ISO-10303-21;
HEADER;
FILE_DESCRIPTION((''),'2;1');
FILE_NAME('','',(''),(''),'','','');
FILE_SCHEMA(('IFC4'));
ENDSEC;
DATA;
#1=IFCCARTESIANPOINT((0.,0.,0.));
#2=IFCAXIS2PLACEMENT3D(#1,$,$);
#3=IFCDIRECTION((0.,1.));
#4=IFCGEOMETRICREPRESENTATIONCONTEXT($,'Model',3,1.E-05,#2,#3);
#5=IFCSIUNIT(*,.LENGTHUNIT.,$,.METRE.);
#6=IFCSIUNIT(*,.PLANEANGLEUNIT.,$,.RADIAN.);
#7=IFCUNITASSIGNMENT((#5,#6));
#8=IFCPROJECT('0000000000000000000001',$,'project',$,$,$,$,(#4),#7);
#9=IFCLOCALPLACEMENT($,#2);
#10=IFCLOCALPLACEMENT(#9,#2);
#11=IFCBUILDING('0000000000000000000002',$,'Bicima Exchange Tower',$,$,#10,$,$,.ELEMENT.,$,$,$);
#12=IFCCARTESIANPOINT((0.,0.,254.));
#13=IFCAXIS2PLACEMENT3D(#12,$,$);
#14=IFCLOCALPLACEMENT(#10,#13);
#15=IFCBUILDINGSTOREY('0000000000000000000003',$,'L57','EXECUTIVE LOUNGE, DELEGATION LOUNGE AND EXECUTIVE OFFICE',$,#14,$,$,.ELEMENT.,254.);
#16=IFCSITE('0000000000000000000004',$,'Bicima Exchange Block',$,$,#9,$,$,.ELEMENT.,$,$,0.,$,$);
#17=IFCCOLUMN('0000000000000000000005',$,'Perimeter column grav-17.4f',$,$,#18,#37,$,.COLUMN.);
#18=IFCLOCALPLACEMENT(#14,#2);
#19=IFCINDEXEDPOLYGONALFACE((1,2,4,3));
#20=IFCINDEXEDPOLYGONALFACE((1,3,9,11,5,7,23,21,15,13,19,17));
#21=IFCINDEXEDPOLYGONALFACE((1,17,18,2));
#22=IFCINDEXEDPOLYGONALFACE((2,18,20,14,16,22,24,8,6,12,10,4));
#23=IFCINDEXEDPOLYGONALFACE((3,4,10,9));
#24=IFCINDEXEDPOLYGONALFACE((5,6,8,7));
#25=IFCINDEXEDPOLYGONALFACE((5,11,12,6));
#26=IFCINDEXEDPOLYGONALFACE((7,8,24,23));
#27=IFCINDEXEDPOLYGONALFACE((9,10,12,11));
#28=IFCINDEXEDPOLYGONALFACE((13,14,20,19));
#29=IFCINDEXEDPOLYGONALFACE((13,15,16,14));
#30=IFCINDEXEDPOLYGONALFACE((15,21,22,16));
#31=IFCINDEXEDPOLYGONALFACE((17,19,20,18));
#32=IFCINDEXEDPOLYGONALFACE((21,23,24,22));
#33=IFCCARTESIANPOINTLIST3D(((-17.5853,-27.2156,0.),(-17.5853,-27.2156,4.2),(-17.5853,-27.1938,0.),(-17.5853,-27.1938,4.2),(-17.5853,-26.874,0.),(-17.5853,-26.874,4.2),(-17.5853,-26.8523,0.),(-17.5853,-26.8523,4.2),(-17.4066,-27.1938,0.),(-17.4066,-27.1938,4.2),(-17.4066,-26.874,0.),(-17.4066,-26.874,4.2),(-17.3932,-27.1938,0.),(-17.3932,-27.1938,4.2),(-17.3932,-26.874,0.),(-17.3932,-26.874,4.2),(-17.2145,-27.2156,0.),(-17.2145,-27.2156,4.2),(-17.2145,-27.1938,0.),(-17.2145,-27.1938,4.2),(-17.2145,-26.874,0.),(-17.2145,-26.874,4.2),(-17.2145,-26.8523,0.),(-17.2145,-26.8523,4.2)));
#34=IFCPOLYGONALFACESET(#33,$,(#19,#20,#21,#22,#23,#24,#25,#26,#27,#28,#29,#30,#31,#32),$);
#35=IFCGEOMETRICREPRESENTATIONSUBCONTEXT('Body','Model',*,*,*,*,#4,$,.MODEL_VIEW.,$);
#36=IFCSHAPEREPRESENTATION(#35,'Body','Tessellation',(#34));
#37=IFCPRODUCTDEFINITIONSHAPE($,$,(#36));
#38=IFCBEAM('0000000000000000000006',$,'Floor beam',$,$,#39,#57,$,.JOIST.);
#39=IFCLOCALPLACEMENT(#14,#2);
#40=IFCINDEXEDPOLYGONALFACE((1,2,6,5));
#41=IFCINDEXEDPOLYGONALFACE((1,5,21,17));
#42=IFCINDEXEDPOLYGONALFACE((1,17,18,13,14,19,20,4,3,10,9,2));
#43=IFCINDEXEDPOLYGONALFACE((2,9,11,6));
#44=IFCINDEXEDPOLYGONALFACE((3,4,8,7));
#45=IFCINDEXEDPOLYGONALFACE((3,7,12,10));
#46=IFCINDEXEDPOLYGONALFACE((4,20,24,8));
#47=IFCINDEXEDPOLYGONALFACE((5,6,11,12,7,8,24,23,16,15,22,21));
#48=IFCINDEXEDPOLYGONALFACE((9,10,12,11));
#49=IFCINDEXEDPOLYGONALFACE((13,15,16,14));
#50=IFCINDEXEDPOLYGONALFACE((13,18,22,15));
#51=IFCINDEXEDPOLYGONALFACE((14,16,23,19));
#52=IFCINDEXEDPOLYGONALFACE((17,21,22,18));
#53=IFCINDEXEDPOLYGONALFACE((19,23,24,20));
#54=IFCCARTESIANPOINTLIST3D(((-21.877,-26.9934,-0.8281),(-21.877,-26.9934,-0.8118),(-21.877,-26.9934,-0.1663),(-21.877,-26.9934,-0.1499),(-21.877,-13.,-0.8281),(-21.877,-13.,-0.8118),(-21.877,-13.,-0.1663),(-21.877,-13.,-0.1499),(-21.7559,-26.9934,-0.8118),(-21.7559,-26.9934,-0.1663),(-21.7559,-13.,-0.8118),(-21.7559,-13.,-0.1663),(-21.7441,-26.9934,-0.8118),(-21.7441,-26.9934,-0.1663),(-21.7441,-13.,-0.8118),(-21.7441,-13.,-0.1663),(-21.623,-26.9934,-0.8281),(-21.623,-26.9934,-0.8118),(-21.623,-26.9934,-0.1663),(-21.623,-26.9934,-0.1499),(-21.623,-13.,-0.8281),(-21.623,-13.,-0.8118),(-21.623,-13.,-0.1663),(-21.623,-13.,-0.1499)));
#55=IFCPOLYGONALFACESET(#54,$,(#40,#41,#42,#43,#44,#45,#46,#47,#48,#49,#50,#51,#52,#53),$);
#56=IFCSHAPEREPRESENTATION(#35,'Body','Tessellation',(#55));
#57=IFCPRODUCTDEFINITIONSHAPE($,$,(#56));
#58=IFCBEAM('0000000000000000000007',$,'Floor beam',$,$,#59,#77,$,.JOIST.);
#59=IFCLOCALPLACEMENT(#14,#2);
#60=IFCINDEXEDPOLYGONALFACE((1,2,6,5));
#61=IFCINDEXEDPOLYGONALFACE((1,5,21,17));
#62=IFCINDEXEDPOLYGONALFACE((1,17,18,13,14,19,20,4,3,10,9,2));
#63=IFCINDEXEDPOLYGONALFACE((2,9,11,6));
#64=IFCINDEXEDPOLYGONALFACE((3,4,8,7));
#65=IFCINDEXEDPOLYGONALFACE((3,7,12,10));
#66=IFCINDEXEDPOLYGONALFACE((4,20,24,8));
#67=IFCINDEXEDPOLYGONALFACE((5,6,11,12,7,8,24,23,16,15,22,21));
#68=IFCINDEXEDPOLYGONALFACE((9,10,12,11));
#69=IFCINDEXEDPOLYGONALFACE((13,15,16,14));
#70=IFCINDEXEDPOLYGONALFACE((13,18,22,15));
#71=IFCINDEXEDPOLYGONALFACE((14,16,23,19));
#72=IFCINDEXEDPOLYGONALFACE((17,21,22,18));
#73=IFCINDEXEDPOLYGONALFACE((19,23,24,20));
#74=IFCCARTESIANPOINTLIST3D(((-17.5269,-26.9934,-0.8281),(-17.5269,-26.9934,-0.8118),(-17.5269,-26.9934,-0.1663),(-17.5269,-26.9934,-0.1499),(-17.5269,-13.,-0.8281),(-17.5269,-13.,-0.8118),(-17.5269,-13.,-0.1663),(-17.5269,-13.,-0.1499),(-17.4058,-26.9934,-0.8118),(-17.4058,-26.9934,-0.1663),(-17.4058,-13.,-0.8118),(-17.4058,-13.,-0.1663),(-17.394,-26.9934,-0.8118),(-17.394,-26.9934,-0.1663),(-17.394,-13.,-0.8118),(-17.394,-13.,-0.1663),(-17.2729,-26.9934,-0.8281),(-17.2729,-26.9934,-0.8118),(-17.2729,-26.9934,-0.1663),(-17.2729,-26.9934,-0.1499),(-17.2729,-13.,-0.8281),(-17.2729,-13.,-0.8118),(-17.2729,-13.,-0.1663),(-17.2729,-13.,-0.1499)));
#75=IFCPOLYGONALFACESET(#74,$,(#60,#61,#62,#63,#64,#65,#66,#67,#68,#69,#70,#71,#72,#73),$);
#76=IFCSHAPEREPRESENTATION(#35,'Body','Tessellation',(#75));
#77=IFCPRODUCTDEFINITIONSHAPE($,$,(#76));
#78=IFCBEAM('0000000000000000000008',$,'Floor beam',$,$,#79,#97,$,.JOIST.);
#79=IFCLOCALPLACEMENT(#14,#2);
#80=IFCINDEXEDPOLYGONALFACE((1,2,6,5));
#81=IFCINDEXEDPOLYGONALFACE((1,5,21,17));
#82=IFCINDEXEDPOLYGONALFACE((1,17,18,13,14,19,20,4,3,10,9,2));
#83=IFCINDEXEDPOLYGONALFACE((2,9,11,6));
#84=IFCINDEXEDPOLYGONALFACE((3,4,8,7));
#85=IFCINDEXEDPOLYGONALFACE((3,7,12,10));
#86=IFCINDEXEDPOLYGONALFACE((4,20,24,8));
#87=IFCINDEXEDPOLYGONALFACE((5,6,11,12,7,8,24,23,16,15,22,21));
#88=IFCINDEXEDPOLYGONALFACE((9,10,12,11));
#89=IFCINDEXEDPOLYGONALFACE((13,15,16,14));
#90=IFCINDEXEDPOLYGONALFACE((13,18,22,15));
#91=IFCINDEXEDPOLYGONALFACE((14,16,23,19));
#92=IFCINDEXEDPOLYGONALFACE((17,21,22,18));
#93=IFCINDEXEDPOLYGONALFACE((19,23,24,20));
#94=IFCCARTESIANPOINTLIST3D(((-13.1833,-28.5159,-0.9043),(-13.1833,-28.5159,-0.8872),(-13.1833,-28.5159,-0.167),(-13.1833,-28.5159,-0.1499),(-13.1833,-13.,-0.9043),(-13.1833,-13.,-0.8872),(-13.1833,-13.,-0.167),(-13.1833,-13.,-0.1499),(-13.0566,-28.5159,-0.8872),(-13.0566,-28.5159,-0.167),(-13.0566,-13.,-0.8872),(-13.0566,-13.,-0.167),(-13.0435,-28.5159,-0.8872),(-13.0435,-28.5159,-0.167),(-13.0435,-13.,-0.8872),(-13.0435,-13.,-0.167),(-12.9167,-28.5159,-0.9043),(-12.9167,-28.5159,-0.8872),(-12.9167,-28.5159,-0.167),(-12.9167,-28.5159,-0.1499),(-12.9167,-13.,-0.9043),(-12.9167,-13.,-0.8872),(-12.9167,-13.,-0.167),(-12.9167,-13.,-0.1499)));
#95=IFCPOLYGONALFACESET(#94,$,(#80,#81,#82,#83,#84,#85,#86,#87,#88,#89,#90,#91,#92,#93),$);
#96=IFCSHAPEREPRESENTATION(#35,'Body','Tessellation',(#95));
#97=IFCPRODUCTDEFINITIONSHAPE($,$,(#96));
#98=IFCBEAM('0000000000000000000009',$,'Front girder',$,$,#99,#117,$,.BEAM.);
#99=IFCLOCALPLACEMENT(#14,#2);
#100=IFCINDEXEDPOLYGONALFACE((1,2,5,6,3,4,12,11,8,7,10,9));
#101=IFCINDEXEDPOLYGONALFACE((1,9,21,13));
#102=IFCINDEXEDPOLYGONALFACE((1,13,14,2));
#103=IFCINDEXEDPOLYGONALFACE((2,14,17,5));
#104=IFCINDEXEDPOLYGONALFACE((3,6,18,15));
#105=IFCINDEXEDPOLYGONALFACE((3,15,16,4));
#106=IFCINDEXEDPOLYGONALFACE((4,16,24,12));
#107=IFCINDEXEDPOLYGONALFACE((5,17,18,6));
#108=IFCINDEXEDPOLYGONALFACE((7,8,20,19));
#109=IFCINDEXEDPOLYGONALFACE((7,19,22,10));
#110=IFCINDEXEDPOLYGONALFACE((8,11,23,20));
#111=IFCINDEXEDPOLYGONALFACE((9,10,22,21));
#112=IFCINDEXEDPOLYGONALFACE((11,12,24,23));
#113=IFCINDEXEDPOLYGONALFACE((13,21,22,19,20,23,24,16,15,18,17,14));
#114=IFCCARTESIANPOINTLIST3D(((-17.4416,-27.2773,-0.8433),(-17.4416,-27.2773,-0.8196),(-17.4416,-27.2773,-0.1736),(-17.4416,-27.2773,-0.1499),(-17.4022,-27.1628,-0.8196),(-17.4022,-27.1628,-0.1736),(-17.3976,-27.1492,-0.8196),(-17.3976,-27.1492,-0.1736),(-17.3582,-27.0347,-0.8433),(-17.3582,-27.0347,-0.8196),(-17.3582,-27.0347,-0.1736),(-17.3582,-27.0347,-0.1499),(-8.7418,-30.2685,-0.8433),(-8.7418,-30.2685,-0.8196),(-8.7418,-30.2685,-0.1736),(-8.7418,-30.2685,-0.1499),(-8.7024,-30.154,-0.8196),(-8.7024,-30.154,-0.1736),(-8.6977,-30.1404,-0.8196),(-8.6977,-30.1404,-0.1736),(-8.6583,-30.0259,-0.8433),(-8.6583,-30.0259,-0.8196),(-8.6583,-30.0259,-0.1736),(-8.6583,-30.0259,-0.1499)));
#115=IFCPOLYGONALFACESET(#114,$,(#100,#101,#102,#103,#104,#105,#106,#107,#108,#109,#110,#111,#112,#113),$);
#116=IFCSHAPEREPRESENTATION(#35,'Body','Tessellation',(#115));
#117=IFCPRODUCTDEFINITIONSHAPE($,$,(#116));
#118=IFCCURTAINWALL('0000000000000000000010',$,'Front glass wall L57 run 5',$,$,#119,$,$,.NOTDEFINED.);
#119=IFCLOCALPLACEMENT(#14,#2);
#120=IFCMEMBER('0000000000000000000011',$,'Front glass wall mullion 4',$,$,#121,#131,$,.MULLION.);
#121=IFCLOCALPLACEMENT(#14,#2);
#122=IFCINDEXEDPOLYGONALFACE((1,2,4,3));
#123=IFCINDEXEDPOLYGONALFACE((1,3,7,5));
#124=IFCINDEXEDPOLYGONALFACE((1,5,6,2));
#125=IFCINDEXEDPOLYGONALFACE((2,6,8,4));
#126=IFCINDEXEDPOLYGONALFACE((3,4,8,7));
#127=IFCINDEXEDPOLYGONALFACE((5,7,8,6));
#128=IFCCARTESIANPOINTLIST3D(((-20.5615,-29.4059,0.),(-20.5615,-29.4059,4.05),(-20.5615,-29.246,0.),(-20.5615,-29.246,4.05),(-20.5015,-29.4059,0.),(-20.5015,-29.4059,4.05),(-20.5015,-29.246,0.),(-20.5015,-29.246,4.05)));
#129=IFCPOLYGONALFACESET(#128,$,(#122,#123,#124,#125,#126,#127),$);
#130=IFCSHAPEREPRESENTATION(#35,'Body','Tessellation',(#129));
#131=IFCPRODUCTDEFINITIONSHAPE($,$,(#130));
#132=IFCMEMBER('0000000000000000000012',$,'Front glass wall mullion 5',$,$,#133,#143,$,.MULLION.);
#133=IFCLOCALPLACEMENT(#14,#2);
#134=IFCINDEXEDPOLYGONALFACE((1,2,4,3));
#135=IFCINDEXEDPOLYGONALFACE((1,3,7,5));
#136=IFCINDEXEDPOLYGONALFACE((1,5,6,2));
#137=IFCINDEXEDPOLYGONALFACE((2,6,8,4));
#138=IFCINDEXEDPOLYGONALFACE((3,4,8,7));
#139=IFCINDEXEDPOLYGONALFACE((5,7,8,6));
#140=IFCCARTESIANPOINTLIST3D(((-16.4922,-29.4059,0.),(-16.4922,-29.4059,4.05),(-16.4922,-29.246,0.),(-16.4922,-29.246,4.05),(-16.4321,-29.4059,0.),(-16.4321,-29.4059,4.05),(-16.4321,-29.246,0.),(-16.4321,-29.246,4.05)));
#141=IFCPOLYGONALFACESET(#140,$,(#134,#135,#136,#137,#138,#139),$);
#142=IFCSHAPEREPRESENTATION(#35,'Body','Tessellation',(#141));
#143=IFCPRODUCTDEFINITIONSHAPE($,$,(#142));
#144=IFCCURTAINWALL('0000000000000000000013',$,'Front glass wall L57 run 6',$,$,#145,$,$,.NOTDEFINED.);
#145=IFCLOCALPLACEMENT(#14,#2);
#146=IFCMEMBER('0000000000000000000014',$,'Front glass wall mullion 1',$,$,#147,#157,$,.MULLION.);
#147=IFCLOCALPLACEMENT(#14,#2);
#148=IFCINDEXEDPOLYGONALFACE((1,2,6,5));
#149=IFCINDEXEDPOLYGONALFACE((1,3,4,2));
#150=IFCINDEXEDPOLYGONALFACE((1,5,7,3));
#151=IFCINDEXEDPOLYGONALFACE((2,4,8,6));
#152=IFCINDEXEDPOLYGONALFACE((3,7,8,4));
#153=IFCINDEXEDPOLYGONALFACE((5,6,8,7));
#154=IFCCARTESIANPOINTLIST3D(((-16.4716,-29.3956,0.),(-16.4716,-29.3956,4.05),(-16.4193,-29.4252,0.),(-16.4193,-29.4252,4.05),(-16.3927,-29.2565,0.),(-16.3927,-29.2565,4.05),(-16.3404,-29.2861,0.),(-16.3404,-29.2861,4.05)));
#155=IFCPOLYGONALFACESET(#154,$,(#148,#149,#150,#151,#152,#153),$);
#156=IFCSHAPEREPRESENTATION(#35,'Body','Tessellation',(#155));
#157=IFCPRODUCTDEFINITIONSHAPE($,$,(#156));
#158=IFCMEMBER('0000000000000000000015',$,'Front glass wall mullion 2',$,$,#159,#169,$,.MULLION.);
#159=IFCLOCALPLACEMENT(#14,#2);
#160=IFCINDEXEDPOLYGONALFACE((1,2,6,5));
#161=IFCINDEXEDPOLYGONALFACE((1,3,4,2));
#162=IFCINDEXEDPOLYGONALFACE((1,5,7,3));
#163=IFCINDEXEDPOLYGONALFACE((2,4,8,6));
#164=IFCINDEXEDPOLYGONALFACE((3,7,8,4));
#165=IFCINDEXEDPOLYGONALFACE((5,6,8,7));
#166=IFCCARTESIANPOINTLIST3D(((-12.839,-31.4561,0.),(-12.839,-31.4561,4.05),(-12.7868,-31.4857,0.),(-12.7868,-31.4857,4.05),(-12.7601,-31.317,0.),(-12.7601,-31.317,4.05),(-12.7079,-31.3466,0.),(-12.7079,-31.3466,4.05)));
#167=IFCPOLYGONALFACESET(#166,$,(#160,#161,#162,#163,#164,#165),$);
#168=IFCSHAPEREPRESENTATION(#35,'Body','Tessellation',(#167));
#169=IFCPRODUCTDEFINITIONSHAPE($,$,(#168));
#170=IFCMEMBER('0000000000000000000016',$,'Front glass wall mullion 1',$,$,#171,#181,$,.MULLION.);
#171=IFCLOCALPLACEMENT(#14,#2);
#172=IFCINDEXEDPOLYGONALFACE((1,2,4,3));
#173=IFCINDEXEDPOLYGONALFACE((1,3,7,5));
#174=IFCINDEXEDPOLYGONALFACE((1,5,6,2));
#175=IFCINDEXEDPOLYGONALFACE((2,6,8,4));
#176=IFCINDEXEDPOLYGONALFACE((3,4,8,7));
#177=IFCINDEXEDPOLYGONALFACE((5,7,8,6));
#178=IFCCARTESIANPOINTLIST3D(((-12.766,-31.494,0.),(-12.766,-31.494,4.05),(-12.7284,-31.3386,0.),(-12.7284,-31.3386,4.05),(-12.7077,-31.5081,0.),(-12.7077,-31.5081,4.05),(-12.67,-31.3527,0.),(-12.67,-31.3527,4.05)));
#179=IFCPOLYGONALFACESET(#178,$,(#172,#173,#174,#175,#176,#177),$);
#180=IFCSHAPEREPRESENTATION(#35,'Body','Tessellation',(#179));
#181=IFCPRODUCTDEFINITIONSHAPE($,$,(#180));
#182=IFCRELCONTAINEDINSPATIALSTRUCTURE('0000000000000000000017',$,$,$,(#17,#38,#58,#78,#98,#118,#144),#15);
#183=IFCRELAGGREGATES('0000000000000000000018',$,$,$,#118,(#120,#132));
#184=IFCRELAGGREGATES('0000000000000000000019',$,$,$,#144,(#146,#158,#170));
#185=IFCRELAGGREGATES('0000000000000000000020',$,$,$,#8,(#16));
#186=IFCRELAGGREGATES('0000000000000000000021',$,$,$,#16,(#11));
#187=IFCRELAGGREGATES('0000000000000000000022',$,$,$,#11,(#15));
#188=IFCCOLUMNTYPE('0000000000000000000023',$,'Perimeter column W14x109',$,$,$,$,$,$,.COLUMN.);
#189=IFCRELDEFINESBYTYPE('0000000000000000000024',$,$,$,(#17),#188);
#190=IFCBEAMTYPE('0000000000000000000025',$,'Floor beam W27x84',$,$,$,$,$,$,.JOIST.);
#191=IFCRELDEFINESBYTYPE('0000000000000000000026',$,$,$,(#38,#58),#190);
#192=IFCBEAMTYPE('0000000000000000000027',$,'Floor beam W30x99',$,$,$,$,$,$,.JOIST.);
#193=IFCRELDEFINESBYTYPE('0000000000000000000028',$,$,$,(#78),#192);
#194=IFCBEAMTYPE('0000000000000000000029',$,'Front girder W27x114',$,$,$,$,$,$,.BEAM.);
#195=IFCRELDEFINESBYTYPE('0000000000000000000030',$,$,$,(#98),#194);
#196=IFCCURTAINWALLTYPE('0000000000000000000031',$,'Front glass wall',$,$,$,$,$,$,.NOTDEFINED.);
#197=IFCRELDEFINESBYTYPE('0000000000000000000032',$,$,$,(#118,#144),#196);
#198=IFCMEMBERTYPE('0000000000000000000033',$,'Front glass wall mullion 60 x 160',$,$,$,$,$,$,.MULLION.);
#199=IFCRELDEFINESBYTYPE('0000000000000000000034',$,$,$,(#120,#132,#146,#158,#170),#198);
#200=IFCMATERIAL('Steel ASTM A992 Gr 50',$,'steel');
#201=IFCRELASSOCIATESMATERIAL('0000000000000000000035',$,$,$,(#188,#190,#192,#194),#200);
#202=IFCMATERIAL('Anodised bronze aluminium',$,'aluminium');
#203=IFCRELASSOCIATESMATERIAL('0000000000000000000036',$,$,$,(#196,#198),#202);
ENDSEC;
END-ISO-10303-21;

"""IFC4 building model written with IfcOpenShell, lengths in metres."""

from ifc_helpers import new_model, si_unit, direction, frame, origin, origin_2d, place, context, subcontext, project, spatial, rectangle, i_section, extrude, material, material_profile, profile_set, type_object, element, aggregate, save


model = new_model("IFC4")

# Units and contexts
model_context = context("Model", 3, precision=1e-05, world=origin(), true_north=direction((0.0, 1.0)))
body_context = subcontext(model_context, "Body", "Model", "MODEL_VIEW")
ifc_project = project(units=[si_unit("LENGTHUNIT", "METRE"), si_unit("PLANEANGLEUNIT", "RADIAN")], contexts=[model_context])

# Site, building, storey
site_placement = place(None, origin())
site = spatial("IfcSite", under=ifc_project, at=site_placement, Name="Bicima Exchange Block", CompositionType="ELEMENT", RefElevation=0.0)
building_placement = place(site_placement, origin())
building = spatial("IfcBuilding", under=site, at=building_placement, Name="Bicima Exchange Tower", CompositionType="ELEMENT")
storey_placement = place(building_placement, frame((0.0, 0.0, 254.0)))
storey = spatial("IfcBuildingStorey", under=building, at=storey_placement, Name="L57", Description="EXECUTIVE LOUNGE, DELEGATION LOUNGE AND EXECUTIVE OFFICE", CompositionType="ELEMENT", Elevation=254.0)

# Column
ifc_material_1 = material(Name="Steel ASTM A992 Gr 50", Category="steel")
ifc_material_profile_1 = material_profile(ifc_material_1, i_section(OverallWidth=0.3708, OverallDepth=0.3633, WebThickness=0.0134, FlangeThickness=0.0217, at=origin_2d()))
ifc_profile_set_1 = profile_set([ifc_material_profile_1], Name="Steel ASTM A992 Gr 50")
column_type = type_object("IfcColumnType", Name="Perimeter column W14x109", PredefinedType="COLUMN", material=ifc_profile_set_1)
column_placement = place(storey_placement, frame((-17.3999, -27.0339, 0.0), z_axis=(0.0, 0.0, 1.0), x_axis=(1.0, 0.0, 0.0)))
element("IfcColumn", 1, at=column_placement, inside=storey, type_object=column_type, Name="Perimeter column grav-17.4f", PredefinedType="COLUMN", context=body_context, shape_type="SweptSolid", body=[
    extrude(i_section(OverallWidth=0.3708, OverallDepth=0.3633, WebThickness=0.0134, FlangeThickness=0.0217, at=origin_2d()), origin(), (0.0, 0.0, 1.0), 4.2),
])

# Beams
ifc_material_profile_2 = material_profile(ifc_material_1, i_section(OverallWidth=0.2539, OverallDepth=0.6782, WebThickness=0.0117, FlangeThickness=0.0164, at=origin_2d()))
ifc_profile_set_2 = profile_set([ifc_material_profile_2], Name="Steel ASTM A992 Gr 50")
beam_type_1 = type_object("IfcBeamType", Name="Floor beam W27x84", PredefinedType="JOIST", material=ifc_profile_set_2)
for number, where, z_axis, x_axis, name in (
    (2, (-21.75, -13.0, -0.489), (0.0, -1.0, 0.0), (1.0, 0.0, 0.0), "Floor beam"),
    (3, (-17.3999, -13.0, -0.489), (0.0, -1.0, 0.0), (1.0, 0.0, 0.0), "Floor beam"),
):
    element("IfcBeam", number, at=place(storey_placement, frame(where, z_axis=z_axis, x_axis=x_axis)), inside=storey, type_object=beam_type_1, Name=name, PredefinedType="JOIST", context=body_context, shape_type="SweptSolid", body=[
        extrude(i_section(OverallWidth=0.2539, OverallDepth=0.6782, WebThickness=0.0117, FlangeThickness=0.0164, at=origin_2d()), origin(), (0.0, 0.0, 1.0), 13.9934),
    ])
ifc_material_profile_3 = material_profile(ifc_material_1, i_section(OverallWidth=0.2666, OverallDepth=0.7544, WebThickness=0.0132, FlangeThickness=0.0171, at=origin_2d()))
ifc_profile_set_3 = profile_set([ifc_material_profile_3], Name="Steel ASTM A992 Gr 50")
beam_type_2 = type_object("IfcBeamType", Name="Floor beam W30x99", PredefinedType="JOIST", material=ifc_profile_set_3)
beam_1_placement = place(storey_placement, frame((-13.05, -13.0, -0.5271), z_axis=(0.0, -1.0, 0.0), x_axis=(1.0, 0.0, 0.0)))
element("IfcBeam", 4, at=beam_1_placement, inside=storey, type_object=beam_type_2, Name="Floor beam", PredefinedType="JOIST", context=body_context, shape_type="SweptSolid", body=[
    extrude(i_section(OverallWidth=0.2666, OverallDepth=0.7544, WebThickness=0.0132, FlangeThickness=0.0171, at=origin_2d()), origin(), (0.0, 0.0, 1.0), 15.5159),
])
ifc_material_profile_4 = material_profile(ifc_material_1, i_section(OverallWidth=0.2566, OverallDepth=0.6934, WebThickness=0.0144, FlangeThickness=0.0237, at=origin_2d()))
ifc_profile_set_4 = profile_set([ifc_material_profile_4], Name="Steel ASTM A992 Gr 50")
beam_type_3 = type_object("IfcBeamType", Name="Front girder W27x114", PredefinedType="BEAM", material=ifc_profile_set_4)
beam_2_placement = place(storey_placement, frame((-17.3999, -27.156, -0.4966), z_axis=(0.945666, -0.325138, 0.0), x_axis=(0.325138, 0.945666, 0.0)))
element("IfcBeam", 5, at=beam_2_placement, inside=storey, type_object=beam_type_3, Name="Front girder", PredefinedType="BEAM", context=body_context, shape_type="SweptSolid", body=[
    extrude(i_section(OverallWidth=0.2566, OverallDepth=0.6934, WebThickness=0.0144, FlangeThickness=0.0237, at=origin_2d()), origin(), (0.0, 0.0, 1.0), 9.1997),
])

# Curtain walls, members
ifc_material_2 = material(Name="Anodised bronze aluminium", Category="aluminium")
curtain_wall_type = type_object("IfcCurtainWallType", Name="Front glass wall", PredefinedType="NOTDEFINED", material=ifc_material_2)
curtain_wall_1_placement = place(storey_placement, origin())
curtain_wall_1 = element("IfcCurtainWall", 6, at=curtain_wall_1_placement, inside=storey, type_object=curtain_wall_type, Name="Front glass wall L57 run 5", PredefinedType="NOTDEFINED")
ifc_material_profile_5 = material_profile(ifc_material_2, rectangle(XDim=0.1599, YDim=0.0601, at=origin_2d()))
ifc_profile_set_5 = profile_set([ifc_material_profile_5], Name="Anodised bronze aluminium")
member_type_1 = type_object("IfcMemberType", Name="Front glass wall mullion 60 x 160", PredefinedType="MULLION", material=ifc_profile_set_5)
member_1_placement = place(storey_placement, frame((-20.5315, -29.3259, 0.0), z_axis=(0.0, 0.0, 1.0), x_axis=(0.0, 1.0, 0.0)))
member_1 = element("IfcMember", 7, at=member_1_placement, type_object=member_type_1, Name="Front glass wall mullion 4", PredefinedType="MULLION", context=body_context, shape_type="SweptSolid", body=[
    extrude(rectangle(XDim=0.1599, YDim=0.0601, at=origin_2d()), origin(), (0.0, 0.0, 1.0), 4.05),
])
member_2_placement = place(storey_placement, frame((-16.4622, -29.3259, 0.0), z_axis=(0.0, 0.0, 1.0), x_axis=(0.0, 1.0, 0.0)))
member_2 = element("IfcMember", 8, at=member_2_placement, type_object=member_type_1, Name="Front glass wall mullion 5", PredefinedType="MULLION", context=body_context, shape_type="SweptSolid", body=[
    extrude(rectangle(XDim=0.1599, YDim=0.0601, at=origin_2d()), origin(), (0.0, 0.0, 1.0), 4.05),
])
curtain_wall_2_placement = place(storey_placement, origin())
curtain_wall_2 = element("IfcCurtainWall", 9, at=curtain_wall_2_placement, inside=storey, type_object=curtain_wall_type, Name="Front glass wall L57 run 6", PredefinedType="NOTDEFINED")
member_3_placement = place(storey_placement, frame((-16.406, -29.3408, 0.0), z_axis=(0.0, 0.0, 1.0), x_axis=(0.493395, 0.869805, 0.0)))
member_3 = element("IfcMember", 10, at=member_3_placement, type_object=member_type_1, Name="Front glass wall mullion 1", PredefinedType="MULLION", context=body_context, shape_type="SweptSolid", body=[
    extrude(rectangle(XDim=0.1599, YDim=0.0601, at=origin_2d()), origin(), (0.0, 0.0, 1.0), 4.05),
])
member_4_placement = place(storey_placement, frame((-12.7734, -31.4014, 0.0), z_axis=(0.0, 0.0, 1.0), x_axis=(0.493395, 0.869805, 0.0)))
member_4 = element("IfcMember", 11, at=member_4_placement, type_object=member_type_1, Name="Front glass wall mullion 2", PredefinedType="MULLION", context=body_context, shape_type="SweptSolid", body=[
    extrude(rectangle(XDim=0.1599, YDim=0.0601, at=origin_2d()), origin(), (0.0, 0.0, 1.0), 4.05),
])
member_5_placement = place(storey_placement, frame((-12.718, -31.4233, 0.0), z_axis=(0.0, 0.0, 1.0), x_axis=(0.235682, 0.97183, 0.0)))
member_5 = element("IfcMember", 12, at=member_5_placement, type_object=member_type_1, Name="Front glass wall mullion 1", PredefinedType="MULLION", context=body_context, shape_type="SweptSolid", body=[
    extrude(rectangle(XDim=0.1599, YDim=0.0601, at=origin_2d()), origin(), (0.0, 0.0, 1.0), 4.05),
])

aggregate(curtain_wall_1, [member_1, member_2])
aggregate(curtain_wall_2, [member_3, member_4, member_5])

save(model, "model.ifc")
